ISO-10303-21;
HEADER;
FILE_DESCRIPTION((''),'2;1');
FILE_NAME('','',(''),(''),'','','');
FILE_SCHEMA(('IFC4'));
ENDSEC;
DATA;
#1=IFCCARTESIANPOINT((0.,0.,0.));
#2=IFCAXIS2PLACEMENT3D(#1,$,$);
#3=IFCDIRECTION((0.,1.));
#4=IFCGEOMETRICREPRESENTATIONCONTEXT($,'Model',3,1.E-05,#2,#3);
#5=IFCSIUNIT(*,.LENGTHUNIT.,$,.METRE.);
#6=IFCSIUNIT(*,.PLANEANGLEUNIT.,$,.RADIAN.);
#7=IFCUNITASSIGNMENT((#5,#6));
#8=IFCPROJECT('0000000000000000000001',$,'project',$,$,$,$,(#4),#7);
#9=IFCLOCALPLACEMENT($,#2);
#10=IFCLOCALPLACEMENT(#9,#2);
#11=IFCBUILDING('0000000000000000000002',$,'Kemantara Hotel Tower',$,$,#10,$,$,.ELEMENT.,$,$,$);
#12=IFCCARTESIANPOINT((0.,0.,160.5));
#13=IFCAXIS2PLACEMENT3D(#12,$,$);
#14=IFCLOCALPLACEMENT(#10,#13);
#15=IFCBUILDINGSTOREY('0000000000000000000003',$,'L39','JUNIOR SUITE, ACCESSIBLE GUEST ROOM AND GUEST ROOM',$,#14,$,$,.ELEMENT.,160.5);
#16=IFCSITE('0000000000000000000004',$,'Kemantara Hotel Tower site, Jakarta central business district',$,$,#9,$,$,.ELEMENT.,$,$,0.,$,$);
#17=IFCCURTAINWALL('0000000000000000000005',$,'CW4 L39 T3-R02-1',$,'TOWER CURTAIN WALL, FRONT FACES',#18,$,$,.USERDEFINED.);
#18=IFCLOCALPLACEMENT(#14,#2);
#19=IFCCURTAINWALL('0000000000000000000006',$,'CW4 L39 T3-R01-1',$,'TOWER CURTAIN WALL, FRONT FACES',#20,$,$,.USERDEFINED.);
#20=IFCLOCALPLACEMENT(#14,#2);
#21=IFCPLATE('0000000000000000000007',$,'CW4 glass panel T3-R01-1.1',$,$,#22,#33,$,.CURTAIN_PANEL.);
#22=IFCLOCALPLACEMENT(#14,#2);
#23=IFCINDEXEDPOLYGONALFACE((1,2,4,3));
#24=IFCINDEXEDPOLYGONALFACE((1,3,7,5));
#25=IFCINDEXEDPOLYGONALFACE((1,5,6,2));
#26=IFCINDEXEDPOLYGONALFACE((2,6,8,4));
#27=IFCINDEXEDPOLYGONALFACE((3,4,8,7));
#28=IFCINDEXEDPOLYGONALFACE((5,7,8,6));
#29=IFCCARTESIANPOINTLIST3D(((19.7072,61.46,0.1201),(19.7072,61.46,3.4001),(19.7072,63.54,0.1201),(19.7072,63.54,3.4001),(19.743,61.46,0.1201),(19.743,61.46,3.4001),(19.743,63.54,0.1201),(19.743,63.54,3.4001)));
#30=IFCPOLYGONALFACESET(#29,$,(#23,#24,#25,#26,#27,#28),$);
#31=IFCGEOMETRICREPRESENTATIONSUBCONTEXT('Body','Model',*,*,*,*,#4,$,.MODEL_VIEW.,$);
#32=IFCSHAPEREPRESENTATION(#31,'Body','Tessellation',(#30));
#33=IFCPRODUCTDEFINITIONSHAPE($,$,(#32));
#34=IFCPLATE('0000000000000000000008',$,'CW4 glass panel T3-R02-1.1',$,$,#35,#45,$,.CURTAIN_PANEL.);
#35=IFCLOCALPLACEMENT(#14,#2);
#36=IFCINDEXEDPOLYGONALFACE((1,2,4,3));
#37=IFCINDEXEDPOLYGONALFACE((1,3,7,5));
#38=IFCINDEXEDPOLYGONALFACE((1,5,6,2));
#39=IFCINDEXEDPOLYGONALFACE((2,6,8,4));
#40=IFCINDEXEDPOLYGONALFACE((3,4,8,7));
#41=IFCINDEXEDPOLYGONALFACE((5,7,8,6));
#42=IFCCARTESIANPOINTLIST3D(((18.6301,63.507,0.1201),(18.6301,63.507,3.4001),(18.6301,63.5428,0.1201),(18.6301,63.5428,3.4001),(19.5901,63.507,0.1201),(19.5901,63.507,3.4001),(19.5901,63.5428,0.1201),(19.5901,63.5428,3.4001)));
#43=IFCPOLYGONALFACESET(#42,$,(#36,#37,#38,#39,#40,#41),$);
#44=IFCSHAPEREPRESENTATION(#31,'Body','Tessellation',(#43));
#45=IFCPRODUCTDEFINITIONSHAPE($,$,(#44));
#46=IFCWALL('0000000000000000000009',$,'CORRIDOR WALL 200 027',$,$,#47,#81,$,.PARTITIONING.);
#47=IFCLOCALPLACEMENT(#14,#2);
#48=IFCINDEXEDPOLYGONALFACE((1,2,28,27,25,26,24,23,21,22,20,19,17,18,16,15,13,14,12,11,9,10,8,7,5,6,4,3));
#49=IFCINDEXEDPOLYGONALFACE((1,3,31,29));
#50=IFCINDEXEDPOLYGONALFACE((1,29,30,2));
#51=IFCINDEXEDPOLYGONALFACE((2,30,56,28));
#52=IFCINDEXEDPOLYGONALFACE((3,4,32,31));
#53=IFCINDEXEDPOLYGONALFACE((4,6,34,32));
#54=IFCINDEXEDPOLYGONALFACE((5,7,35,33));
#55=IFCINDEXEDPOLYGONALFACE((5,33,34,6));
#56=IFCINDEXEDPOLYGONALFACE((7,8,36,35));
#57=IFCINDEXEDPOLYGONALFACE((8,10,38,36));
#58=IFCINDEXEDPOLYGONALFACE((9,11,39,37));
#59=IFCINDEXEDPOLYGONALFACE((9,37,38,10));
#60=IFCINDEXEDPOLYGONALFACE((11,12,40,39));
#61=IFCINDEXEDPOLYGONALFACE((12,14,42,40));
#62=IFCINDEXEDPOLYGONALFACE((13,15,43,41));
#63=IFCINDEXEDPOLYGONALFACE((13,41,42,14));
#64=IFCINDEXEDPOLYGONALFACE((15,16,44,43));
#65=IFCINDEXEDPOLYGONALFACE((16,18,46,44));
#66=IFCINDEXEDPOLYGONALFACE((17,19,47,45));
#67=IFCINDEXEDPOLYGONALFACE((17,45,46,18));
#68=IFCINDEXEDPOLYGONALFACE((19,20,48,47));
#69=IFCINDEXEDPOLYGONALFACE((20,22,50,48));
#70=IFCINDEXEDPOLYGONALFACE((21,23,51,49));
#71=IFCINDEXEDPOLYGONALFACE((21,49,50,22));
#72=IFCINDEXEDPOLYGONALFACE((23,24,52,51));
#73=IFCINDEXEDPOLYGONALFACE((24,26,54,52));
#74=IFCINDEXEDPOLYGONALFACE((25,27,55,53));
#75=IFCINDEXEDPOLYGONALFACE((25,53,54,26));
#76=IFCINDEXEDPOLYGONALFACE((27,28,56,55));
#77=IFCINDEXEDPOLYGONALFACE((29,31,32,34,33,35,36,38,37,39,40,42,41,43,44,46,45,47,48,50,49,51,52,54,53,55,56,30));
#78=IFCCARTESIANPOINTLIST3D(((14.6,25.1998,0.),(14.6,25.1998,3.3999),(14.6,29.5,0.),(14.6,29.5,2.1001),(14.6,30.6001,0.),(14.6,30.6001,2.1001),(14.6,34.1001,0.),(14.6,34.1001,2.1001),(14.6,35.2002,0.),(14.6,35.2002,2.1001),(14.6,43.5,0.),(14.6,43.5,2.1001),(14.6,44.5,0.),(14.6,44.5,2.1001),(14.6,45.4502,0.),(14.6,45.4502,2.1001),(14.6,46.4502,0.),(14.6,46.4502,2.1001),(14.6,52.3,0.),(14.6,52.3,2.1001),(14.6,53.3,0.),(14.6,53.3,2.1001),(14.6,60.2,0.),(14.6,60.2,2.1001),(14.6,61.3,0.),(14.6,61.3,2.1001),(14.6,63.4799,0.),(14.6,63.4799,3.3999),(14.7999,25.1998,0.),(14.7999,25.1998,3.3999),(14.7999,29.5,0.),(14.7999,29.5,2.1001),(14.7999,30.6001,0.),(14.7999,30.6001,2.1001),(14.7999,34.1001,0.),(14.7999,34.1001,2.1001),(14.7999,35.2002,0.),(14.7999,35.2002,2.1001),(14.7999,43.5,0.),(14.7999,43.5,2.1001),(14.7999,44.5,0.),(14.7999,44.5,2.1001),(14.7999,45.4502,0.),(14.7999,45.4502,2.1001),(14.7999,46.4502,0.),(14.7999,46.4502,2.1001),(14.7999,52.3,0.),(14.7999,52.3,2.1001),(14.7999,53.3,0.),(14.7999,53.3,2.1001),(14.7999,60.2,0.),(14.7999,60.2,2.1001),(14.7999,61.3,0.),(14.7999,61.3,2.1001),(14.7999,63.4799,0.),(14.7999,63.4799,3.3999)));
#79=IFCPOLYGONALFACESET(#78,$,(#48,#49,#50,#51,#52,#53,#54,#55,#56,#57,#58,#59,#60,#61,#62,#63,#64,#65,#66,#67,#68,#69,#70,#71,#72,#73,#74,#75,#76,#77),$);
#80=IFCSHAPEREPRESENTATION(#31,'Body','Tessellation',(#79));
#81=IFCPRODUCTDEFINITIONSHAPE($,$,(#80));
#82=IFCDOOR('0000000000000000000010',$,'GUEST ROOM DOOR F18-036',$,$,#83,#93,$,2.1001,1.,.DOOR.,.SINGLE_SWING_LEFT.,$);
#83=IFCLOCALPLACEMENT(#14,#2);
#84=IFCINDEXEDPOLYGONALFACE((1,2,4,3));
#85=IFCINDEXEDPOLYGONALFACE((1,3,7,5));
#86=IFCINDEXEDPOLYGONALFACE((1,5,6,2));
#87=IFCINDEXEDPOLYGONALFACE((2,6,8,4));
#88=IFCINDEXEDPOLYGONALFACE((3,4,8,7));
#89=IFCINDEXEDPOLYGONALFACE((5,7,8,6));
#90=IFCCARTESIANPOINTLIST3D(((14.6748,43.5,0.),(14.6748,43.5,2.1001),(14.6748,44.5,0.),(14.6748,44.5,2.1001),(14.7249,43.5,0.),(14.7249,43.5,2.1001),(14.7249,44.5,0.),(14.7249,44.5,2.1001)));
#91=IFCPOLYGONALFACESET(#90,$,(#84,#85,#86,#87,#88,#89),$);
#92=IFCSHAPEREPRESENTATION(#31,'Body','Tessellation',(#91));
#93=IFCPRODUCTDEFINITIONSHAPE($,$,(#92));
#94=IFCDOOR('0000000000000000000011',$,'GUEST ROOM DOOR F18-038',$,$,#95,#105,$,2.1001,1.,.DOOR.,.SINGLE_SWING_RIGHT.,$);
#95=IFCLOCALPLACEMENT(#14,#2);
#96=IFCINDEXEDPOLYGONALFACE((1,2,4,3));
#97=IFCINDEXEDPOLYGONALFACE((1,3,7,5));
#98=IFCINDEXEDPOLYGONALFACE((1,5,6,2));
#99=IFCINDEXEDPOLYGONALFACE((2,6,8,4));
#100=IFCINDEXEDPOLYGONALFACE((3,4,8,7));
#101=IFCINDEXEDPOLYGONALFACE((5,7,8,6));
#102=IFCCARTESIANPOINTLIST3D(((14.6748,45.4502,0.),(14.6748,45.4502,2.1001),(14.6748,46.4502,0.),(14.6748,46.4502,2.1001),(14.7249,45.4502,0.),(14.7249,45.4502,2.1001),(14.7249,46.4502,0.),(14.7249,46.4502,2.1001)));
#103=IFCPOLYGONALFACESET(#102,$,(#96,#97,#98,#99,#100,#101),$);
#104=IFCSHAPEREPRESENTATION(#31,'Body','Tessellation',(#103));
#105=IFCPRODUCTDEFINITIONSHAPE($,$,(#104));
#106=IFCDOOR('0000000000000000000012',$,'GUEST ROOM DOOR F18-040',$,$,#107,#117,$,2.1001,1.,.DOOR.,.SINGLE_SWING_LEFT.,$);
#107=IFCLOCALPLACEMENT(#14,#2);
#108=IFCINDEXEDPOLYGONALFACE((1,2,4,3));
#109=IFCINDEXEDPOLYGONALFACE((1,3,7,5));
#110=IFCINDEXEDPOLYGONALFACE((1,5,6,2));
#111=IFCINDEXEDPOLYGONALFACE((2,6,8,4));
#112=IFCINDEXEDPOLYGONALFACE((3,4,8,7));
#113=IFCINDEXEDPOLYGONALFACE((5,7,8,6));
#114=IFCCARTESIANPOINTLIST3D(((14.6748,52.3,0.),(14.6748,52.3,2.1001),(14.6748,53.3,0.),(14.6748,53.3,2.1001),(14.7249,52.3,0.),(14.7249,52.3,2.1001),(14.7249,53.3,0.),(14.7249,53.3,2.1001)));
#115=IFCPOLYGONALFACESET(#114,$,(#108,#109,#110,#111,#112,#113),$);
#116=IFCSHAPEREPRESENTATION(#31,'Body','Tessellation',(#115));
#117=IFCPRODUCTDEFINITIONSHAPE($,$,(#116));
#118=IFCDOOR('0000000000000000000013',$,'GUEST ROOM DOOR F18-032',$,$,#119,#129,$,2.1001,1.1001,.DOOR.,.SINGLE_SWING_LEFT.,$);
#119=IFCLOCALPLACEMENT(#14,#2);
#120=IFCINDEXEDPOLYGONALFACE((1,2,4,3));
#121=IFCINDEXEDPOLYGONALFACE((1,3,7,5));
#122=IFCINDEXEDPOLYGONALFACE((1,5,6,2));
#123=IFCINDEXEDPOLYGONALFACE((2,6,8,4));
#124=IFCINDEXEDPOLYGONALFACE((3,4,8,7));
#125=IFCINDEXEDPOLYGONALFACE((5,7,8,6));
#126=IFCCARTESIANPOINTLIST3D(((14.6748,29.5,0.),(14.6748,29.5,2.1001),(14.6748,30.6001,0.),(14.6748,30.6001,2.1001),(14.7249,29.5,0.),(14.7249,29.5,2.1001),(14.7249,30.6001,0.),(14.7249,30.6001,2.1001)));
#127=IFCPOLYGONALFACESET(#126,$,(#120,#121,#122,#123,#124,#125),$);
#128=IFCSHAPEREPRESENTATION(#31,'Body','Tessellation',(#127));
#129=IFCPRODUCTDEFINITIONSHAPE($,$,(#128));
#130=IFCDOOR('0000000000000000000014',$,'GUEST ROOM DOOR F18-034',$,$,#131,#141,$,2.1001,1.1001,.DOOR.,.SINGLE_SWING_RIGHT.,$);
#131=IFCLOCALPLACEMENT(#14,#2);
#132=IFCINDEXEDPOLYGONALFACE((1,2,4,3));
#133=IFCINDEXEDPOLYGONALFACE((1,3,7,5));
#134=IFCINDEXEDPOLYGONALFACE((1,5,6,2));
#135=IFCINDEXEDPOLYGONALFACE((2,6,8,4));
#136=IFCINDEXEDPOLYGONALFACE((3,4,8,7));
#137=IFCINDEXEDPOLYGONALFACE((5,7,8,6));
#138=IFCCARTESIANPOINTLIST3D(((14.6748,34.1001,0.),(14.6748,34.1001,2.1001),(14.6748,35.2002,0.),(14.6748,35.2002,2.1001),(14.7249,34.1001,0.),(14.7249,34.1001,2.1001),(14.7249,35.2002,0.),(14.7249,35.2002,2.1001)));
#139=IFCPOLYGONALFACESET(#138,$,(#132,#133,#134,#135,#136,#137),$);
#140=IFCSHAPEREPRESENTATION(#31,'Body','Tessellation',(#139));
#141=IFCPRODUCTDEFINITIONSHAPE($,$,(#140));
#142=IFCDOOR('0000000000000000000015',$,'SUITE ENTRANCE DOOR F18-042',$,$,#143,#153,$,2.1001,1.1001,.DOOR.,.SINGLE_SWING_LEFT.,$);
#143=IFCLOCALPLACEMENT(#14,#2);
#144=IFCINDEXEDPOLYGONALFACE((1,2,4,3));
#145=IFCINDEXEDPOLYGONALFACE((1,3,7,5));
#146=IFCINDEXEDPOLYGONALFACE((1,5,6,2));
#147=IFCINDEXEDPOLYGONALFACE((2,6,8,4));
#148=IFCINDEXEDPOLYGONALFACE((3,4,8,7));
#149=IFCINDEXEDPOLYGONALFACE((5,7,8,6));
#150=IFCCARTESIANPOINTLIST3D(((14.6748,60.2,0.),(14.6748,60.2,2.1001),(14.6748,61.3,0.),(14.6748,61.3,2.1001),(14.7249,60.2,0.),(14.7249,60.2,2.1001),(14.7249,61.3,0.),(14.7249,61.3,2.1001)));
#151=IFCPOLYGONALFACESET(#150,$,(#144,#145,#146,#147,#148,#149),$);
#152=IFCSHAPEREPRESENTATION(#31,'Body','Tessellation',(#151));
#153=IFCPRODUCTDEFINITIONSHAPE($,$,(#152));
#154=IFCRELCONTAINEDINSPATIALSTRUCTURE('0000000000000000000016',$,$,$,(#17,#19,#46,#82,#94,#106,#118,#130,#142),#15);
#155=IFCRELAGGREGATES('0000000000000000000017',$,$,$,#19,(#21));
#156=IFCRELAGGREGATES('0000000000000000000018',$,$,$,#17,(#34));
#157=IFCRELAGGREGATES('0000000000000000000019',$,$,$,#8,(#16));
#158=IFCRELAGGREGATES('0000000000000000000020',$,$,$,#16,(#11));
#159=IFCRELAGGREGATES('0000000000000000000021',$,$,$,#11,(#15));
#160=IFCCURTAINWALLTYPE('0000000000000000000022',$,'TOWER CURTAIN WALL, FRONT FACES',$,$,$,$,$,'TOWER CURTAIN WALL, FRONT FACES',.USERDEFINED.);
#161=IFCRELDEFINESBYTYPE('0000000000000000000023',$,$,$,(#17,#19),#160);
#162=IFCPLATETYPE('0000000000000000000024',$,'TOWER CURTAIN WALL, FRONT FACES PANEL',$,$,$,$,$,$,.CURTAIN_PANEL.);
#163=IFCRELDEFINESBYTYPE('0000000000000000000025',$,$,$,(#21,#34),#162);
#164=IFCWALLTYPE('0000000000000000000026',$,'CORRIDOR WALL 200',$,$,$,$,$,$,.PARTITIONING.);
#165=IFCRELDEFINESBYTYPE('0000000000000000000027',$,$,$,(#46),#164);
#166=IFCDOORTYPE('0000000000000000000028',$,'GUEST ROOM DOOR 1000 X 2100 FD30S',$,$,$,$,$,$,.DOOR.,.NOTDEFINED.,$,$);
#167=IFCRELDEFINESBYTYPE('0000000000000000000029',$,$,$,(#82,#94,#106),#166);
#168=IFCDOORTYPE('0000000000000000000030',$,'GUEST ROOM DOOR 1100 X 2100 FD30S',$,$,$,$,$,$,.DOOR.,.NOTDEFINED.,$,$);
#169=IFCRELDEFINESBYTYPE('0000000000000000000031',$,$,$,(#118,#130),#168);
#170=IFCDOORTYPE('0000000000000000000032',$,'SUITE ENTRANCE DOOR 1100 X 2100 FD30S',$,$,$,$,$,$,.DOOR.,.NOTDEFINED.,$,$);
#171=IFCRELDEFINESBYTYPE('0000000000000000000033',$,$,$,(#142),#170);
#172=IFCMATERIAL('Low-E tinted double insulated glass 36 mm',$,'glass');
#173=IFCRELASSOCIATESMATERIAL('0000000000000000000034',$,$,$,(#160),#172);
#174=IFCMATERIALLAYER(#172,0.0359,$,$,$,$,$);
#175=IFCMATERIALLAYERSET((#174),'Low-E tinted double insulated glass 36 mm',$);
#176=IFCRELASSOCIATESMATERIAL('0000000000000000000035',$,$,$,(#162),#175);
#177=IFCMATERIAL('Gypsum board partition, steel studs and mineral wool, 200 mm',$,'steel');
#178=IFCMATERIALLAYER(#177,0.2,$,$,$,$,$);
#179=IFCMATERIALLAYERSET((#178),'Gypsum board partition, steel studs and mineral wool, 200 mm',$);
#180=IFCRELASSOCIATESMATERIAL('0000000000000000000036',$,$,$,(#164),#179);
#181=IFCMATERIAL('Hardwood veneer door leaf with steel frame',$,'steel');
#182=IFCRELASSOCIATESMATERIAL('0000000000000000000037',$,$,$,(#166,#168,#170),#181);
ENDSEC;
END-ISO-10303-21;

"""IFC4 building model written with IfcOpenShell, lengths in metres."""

from ifc_helpers import new_model, si_unit, direction, frame, frame_2d, origin, origin_2d, place, context, subcontext, project, spatial, rectangle, extrude, source, transform, mapped, material, layer, layer_set, type_object, element, fill, aggregate, save


model = new_model("IFC4")

# Units and contexts
model_context = context("Model", 3, precision=1e-05, world=origin(), true_north=direction((0.0, 1.0)))
body_context = subcontext(model_context, "Body", "Model", "MODEL_VIEW")
ifc_project = project(units=[si_unit("LENGTHUNIT", "METRE"), si_unit("PLANEANGLEUNIT", "RADIAN")], contexts=[model_context])

# Site, building, storey
site_placement = place(None, origin())
site = spatial("IfcSite", under=ifc_project, at=site_placement, Name="Kemantara Hotel Tower site, Jakarta central business district", CompositionType="ELEMENT", RefElevation=0.0)
building_placement = place(site_placement, origin())
building = spatial("IfcBuilding", under=site, at=building_placement, Name="Kemantara Hotel Tower", CompositionType="ELEMENT")
storey_placement = place(building_placement, frame((0.0, 0.0, 160.5)))
storey = spatial("IfcBuildingStorey", under=building, at=storey_placement, Name="L39", Description="JUNIOR SUITE, ACCESSIBLE GUEST ROOM AND GUEST ROOM", CompositionType="ELEMENT", Elevation=160.5)

# Curtain walls
ifc_material_1 = material(Name="Low-E tinted double insulated glass 36 mm", Category="glass")
curtain_wall_type = type_object("IfcCurtainWallType", Name="TOWER CURTAIN WALL, FRONT FACES", ElementType="TOWER CURTAIN WALL, FRONT FACES", PredefinedType="USERDEFINED", material=ifc_material_1)
curtain_wall_1_placement = place(storey_placement, origin())
curtain_wall_1 = element("IfcCurtainWall", 1, at=curtain_wall_1_placement, inside=storey, type_object=curtain_wall_type, Name="CW4 L39 T3-R02-1", ObjectType="TOWER CURTAIN WALL, FRONT FACES", PredefinedType="USERDEFINED")
curtain_wall_2_placement = place(storey_placement, origin())
curtain_wall_2 = element("IfcCurtainWall", 2, at=curtain_wall_2_placement, inside=storey, type_object=curtain_wall_type, Name="CW4 L39 T3-R01-1", ObjectType="TOWER CURTAIN WALL, FRONT FACES", PredefinedType="USERDEFINED")

# Plates
ifc_layer_1 = layer(ifc_material_1, 0.0359)
ifc_layer_set_1 = layer_set([ifc_layer_1], Name="Low-E tinted double insulated glass 36 mm")
plate_type = type_object("IfcPlateType", Name="TOWER CURTAIN WALL, FRONT FACES PANEL", PredefinedType="CURTAIN_PANEL", material=ifc_layer_set_1)
shared_shape_1 = source(origin(), body_context, "Body", "SweptSolid", [
    extrude(rectangle(XDim=2.0801, YDim=0.0359, at=origin_2d()), origin(), (0.0, 0.0, 1.0), 3.28),
])
plate_1_placement = place(storey_placement, frame((19.7251, 62.5, 0.1201), z_axis=(0.0, 0.0, 1.0), x_axis=(0.0, 1.0, 0.0)))
plate_1 = element("IfcPlate", 3, at=plate_1_placement, type_object=plate_type, Name="CW4 glass panel T3-R01-1.1", PredefinedType="CURTAIN_PANEL", context=body_context, shape_type="MappedRepresentation", body=[
    mapped(shared_shape_1, transform((0.0, 0.0, 0.0))),
])
aggregate(curtain_wall_2, [plate_1])
shared_shape_2 = source(origin(), body_context, "Body", "SweptSolid", [
    extrude(rectangle(XDim=0.96, YDim=0.0359, at=origin_2d()), origin(), (0.0, 0.0, 1.0), 3.28),
])
plate_2_placement = place(storey_placement, frame((19.1101, 63.5249, 0.1201), z_axis=(0.0, 0.0, 1.0), x_axis=(-1.0, 0.0, 0.0)))
plate_2 = element("IfcPlate", 4, at=plate_2_placement, type_object=plate_type, Name="CW4 glass panel T3-R02-1.1", PredefinedType="CURTAIN_PANEL", context=body_context, shape_type="MappedRepresentation", body=[
    mapped(shared_shape_2, transform((0.0, 0.0, 0.0))),
])
aggregate(curtain_wall_1, [plate_2])

# Wall, openings, doors
ifc_material_2 = material(Name="Gypsum board partition, steel studs and mineral wool, 200 mm", Category="steel")
ifc_layer_2 = layer(ifc_material_2, 0.2)
ifc_layer_set_2 = layer_set([ifc_layer_2], Name="Gypsum board partition, steel studs and mineral wool, 200 mm")
wall_type = type_object("IfcWallType", Name="CORRIDOR WALL 200", PredefinedType="PARTITIONING", material=ifc_layer_set_2)
wall_placement = place(storey_placement, frame((14.7, 63.48, 0.0), z_axis=(0.0, 0.0, 1.0), x_axis=(0.0, -1.0, 0.0)))
wall = element("IfcWall", 5, at=wall_placement, inside=storey, type_object=wall_type, Name="CORRIDOR WALL 200 027", PredefinedType="PARTITIONING", context=body_context, shape_type="SweptSolid", body=[
    extrude(rectangle(XDim=38.28, YDim=0.2, at=frame_2d((19.1401, 0.0))), origin(), (0.0, 0.0, 1.0), 3.3999),
])
opening_1_placement = place(wall_placement, frame((32.8799, 0.0, 0.0)))
opening_1 = element("IfcOpeningElement", 6, at=opening_1_placement, cuts=wall, PredefinedType="OPENING", context=body_context, shape_type="SweptSolid", body=[
    extrude(rectangle(XDim=1.1001, YDim=2.1001, at=frame_2d((0.55, 1.05))), frame((0.0, 0.1099, 0.0), z_axis=(0.0, -1.0, 0.0), x_axis=(1.0, 0.0, 0.0)), (0.0, 0.0, 1.0), 0.22),
])
opening_2_placement = place(wall_placement, frame((28.2798, 0.0, 0.0)))
opening_2 = element("IfcOpeningElement", 7, at=opening_2_placement, cuts=wall, PredefinedType="OPENING", context=body_context, shape_type="SweptSolid", body=[
    extrude(rectangle(XDim=1.1001, YDim=2.1001, at=frame_2d((0.55, 1.05))), frame((0.0, 0.1099, 0.0), z_axis=(0.0, -1.0, 0.0), x_axis=(1.0, 0.0, 0.0)), (0.0, 0.0, 1.0), 0.22),
])
opening_3_placement = place(wall_placement, frame((18.98, 0.0, 0.0)))
opening_3 = element("IfcOpeningElement", 8, at=opening_3_placement, cuts=wall, PredefinedType="OPENING", context=body_context, shape_type="SweptSolid", body=[
    extrude(rectangle(XDim=1.0, YDim=2.1001, at=frame_2d((0.5, 1.05))), frame((0.0, 0.1099, 0.0), z_axis=(0.0, -1.0, 0.0), x_axis=(1.0, 0.0, 0.0)), (0.0, 0.0, 1.0), 0.22),
])
opening_4_placement = place(wall_placement, frame((17.0298, 0.0, 0.0)))
opening_4 = element("IfcOpeningElement", 9, at=opening_4_placement, cuts=wall, PredefinedType="OPENING", context=body_context, shape_type="SweptSolid", body=[
    extrude(rectangle(XDim=1.0, YDim=2.1001, at=frame_2d((0.5, 1.05))), frame((0.0, 0.1099, 0.0), z_axis=(0.0, -1.0, 0.0), x_axis=(1.0, 0.0, 0.0)), (0.0, 0.0, 1.0), 0.22),
])
opening_5_placement = place(wall_placement, frame((10.1799, 0.0, 0.0)))
opening_5 = element("IfcOpeningElement", 10, at=opening_5_placement, cuts=wall, PredefinedType="OPENING", context=body_context, shape_type="SweptSolid", body=[
    extrude(rectangle(XDim=1.0, YDim=2.1001, at=frame_2d((0.5, 1.05))), frame((0.0, 0.1099, 0.0), z_axis=(0.0, -1.0, 0.0), x_axis=(1.0, 0.0, 0.0)), (0.0, 0.0, 1.0), 0.22),
])
opening_6_placement = place(wall_placement, frame((2.1799, 0.0, 0.0)))
opening_6 = element("IfcOpeningElement", 11, at=opening_6_placement, cuts=wall, PredefinedType="OPENING", context=body_context, shape_type="SweptSolid", body=[
    extrude(rectangle(XDim=1.1001, YDim=2.1001, at=frame_2d((0.55, 1.05))), frame((0.0, 0.1099, 0.0), z_axis=(0.0, -1.0, 0.0), x_axis=(1.0, 0.0, 0.0)), (0.0, 0.0, 1.0), 0.22),
])
ifc_material_3 = material(Name="Hardwood veneer door leaf with steel frame", Category="steel")
door_type_1 = type_object("IfcDoorType", Name="GUEST ROOM DOOR 1000 X 2100 FD30S", OperationType="NOTDEFINED", PredefinedType="DOOR", material=ifc_material_3)
door_1_placement = place(opening_3_placement, origin())
door_1 = element("IfcDoor", 12, at=door_1_placement, inside=storey, type_object=door_type_1, Name="GUEST ROOM DOOR F18-036", OperationType="SINGLE_SWING_LEFT", OverallHeight=2.1001, OverallWidth=1.0, PredefinedType="DOOR", context=body_context, shape_type="SweptSolid", body=[
    extrude(rectangle(XDim=1.0, YDim=2.1001, at=frame_2d((0.5, 1.05))), frame((0.0, 0.0249, 0.0), z_axis=(0.0, -1.0, 0.0), x_axis=(1.0, 0.0, 0.0)), (0.0, 0.0, 1.0), 0.05),
])
fill(opening_3, door_1)
door_2_placement = place(opening_4_placement, origin())
door_2 = element("IfcDoor", 13, at=door_2_placement, inside=storey, type_object=door_type_1, Name="GUEST ROOM DOOR F18-038", OperationType="SINGLE_SWING_RIGHT", OverallHeight=2.1001, OverallWidth=1.0, PredefinedType="DOOR", context=body_context, shape_type="SweptSolid", body=[
    extrude(rectangle(XDim=1.0, YDim=2.1001, at=frame_2d((0.5, 1.05))), frame((0.0, 0.0249, 0.0), z_axis=(0.0, -1.0, 0.0), x_axis=(1.0, 0.0, 0.0)), (0.0, 0.0, 1.0), 0.05),
])
fill(opening_4, door_2)
door_3_placement = place(opening_5_placement, origin())
door_3 = element("IfcDoor", 14, at=door_3_placement, inside=storey, type_object=door_type_1, Name="GUEST ROOM DOOR F18-040", OperationType="SINGLE_SWING_LEFT", OverallHeight=2.1001, OverallWidth=1.0, PredefinedType="DOOR", context=body_context, shape_type="SweptSolid", body=[
    extrude(rectangle(XDim=1.0, YDim=2.1001, at=frame_2d((0.5, 1.05))), frame((0.0, 0.0249, 0.0), z_axis=(0.0, -1.0, 0.0), x_axis=(1.0, 0.0, 0.0)), (0.0, 0.0, 1.0), 0.05),
])
fill(opening_5, door_3)
door_type_2 = type_object("IfcDoorType", Name="GUEST ROOM DOOR 1100 X 2100 FD30S", OperationType="NOTDEFINED", PredefinedType="DOOR", material=ifc_material_3)
door_4_placement = place(opening_1_placement, origin())
door_4 = element("IfcDoor", 15, at=door_4_placement, inside=storey, type_object=door_type_2, Name="GUEST ROOM DOOR F18-032", OperationType="SINGLE_SWING_LEFT", OverallHeight=2.1001, OverallWidth=1.1001, PredefinedType="DOOR", context=body_context, shape_type="SweptSolid", body=[
    extrude(rectangle(XDim=1.1001, YDim=2.1001, at=frame_2d((0.55, 1.05))), frame((0.0, 0.0249, 0.0), z_axis=(0.0, -1.0, 0.0), x_axis=(1.0, 0.0, 0.0)), (0.0, 0.0, 1.0), 0.05),
])
fill(opening_1, door_4)
door_5_placement = place(opening_2_placement, origin())
door_5 = element("IfcDoor", 16, at=door_5_placement, inside=storey, type_object=door_type_2, Name="GUEST ROOM DOOR F18-034", OperationType="SINGLE_SWING_RIGHT", OverallHeight=2.1001, OverallWidth=1.1001, PredefinedType="DOOR", context=body_context, shape_type="SweptSolid", body=[
    extrude(rectangle(XDim=1.1001, YDim=2.1001, at=frame_2d((0.55, 1.05))), frame((0.0, 0.0249, 0.0), z_axis=(0.0, -1.0, 0.0), x_axis=(1.0, 0.0, 0.0)), (0.0, 0.0, 1.0), 0.05),
])
fill(opening_2, door_5)
door_type_3 = type_object("IfcDoorType", Name="SUITE ENTRANCE DOOR 1100 X 2100 FD30S", OperationType="NOTDEFINED", PredefinedType="DOOR", material=ifc_material_3)
door_6_placement = place(opening_6_placement, origin())
door_6 = element("IfcDoor", 17, at=door_6_placement, inside=storey, type_object=door_type_3, Name="SUITE ENTRANCE DOOR F18-042", OperationType="SINGLE_SWING_LEFT", OverallHeight=2.1001, OverallWidth=1.1001, PredefinedType="DOOR", context=body_context, shape_type="SweptSolid", body=[
    extrude(rectangle(XDim=1.1001, YDim=2.1001, at=frame_2d((0.55, 1.05))), frame((0.0, 0.0249, 0.0), z_axis=(0.0, -1.0, 0.0), x_axis=(1.0, 0.0, 0.0)), (0.0, 0.0, 1.0), 0.05),
])
fill(opening_6, door_6)

save(model, "model.ifc")
